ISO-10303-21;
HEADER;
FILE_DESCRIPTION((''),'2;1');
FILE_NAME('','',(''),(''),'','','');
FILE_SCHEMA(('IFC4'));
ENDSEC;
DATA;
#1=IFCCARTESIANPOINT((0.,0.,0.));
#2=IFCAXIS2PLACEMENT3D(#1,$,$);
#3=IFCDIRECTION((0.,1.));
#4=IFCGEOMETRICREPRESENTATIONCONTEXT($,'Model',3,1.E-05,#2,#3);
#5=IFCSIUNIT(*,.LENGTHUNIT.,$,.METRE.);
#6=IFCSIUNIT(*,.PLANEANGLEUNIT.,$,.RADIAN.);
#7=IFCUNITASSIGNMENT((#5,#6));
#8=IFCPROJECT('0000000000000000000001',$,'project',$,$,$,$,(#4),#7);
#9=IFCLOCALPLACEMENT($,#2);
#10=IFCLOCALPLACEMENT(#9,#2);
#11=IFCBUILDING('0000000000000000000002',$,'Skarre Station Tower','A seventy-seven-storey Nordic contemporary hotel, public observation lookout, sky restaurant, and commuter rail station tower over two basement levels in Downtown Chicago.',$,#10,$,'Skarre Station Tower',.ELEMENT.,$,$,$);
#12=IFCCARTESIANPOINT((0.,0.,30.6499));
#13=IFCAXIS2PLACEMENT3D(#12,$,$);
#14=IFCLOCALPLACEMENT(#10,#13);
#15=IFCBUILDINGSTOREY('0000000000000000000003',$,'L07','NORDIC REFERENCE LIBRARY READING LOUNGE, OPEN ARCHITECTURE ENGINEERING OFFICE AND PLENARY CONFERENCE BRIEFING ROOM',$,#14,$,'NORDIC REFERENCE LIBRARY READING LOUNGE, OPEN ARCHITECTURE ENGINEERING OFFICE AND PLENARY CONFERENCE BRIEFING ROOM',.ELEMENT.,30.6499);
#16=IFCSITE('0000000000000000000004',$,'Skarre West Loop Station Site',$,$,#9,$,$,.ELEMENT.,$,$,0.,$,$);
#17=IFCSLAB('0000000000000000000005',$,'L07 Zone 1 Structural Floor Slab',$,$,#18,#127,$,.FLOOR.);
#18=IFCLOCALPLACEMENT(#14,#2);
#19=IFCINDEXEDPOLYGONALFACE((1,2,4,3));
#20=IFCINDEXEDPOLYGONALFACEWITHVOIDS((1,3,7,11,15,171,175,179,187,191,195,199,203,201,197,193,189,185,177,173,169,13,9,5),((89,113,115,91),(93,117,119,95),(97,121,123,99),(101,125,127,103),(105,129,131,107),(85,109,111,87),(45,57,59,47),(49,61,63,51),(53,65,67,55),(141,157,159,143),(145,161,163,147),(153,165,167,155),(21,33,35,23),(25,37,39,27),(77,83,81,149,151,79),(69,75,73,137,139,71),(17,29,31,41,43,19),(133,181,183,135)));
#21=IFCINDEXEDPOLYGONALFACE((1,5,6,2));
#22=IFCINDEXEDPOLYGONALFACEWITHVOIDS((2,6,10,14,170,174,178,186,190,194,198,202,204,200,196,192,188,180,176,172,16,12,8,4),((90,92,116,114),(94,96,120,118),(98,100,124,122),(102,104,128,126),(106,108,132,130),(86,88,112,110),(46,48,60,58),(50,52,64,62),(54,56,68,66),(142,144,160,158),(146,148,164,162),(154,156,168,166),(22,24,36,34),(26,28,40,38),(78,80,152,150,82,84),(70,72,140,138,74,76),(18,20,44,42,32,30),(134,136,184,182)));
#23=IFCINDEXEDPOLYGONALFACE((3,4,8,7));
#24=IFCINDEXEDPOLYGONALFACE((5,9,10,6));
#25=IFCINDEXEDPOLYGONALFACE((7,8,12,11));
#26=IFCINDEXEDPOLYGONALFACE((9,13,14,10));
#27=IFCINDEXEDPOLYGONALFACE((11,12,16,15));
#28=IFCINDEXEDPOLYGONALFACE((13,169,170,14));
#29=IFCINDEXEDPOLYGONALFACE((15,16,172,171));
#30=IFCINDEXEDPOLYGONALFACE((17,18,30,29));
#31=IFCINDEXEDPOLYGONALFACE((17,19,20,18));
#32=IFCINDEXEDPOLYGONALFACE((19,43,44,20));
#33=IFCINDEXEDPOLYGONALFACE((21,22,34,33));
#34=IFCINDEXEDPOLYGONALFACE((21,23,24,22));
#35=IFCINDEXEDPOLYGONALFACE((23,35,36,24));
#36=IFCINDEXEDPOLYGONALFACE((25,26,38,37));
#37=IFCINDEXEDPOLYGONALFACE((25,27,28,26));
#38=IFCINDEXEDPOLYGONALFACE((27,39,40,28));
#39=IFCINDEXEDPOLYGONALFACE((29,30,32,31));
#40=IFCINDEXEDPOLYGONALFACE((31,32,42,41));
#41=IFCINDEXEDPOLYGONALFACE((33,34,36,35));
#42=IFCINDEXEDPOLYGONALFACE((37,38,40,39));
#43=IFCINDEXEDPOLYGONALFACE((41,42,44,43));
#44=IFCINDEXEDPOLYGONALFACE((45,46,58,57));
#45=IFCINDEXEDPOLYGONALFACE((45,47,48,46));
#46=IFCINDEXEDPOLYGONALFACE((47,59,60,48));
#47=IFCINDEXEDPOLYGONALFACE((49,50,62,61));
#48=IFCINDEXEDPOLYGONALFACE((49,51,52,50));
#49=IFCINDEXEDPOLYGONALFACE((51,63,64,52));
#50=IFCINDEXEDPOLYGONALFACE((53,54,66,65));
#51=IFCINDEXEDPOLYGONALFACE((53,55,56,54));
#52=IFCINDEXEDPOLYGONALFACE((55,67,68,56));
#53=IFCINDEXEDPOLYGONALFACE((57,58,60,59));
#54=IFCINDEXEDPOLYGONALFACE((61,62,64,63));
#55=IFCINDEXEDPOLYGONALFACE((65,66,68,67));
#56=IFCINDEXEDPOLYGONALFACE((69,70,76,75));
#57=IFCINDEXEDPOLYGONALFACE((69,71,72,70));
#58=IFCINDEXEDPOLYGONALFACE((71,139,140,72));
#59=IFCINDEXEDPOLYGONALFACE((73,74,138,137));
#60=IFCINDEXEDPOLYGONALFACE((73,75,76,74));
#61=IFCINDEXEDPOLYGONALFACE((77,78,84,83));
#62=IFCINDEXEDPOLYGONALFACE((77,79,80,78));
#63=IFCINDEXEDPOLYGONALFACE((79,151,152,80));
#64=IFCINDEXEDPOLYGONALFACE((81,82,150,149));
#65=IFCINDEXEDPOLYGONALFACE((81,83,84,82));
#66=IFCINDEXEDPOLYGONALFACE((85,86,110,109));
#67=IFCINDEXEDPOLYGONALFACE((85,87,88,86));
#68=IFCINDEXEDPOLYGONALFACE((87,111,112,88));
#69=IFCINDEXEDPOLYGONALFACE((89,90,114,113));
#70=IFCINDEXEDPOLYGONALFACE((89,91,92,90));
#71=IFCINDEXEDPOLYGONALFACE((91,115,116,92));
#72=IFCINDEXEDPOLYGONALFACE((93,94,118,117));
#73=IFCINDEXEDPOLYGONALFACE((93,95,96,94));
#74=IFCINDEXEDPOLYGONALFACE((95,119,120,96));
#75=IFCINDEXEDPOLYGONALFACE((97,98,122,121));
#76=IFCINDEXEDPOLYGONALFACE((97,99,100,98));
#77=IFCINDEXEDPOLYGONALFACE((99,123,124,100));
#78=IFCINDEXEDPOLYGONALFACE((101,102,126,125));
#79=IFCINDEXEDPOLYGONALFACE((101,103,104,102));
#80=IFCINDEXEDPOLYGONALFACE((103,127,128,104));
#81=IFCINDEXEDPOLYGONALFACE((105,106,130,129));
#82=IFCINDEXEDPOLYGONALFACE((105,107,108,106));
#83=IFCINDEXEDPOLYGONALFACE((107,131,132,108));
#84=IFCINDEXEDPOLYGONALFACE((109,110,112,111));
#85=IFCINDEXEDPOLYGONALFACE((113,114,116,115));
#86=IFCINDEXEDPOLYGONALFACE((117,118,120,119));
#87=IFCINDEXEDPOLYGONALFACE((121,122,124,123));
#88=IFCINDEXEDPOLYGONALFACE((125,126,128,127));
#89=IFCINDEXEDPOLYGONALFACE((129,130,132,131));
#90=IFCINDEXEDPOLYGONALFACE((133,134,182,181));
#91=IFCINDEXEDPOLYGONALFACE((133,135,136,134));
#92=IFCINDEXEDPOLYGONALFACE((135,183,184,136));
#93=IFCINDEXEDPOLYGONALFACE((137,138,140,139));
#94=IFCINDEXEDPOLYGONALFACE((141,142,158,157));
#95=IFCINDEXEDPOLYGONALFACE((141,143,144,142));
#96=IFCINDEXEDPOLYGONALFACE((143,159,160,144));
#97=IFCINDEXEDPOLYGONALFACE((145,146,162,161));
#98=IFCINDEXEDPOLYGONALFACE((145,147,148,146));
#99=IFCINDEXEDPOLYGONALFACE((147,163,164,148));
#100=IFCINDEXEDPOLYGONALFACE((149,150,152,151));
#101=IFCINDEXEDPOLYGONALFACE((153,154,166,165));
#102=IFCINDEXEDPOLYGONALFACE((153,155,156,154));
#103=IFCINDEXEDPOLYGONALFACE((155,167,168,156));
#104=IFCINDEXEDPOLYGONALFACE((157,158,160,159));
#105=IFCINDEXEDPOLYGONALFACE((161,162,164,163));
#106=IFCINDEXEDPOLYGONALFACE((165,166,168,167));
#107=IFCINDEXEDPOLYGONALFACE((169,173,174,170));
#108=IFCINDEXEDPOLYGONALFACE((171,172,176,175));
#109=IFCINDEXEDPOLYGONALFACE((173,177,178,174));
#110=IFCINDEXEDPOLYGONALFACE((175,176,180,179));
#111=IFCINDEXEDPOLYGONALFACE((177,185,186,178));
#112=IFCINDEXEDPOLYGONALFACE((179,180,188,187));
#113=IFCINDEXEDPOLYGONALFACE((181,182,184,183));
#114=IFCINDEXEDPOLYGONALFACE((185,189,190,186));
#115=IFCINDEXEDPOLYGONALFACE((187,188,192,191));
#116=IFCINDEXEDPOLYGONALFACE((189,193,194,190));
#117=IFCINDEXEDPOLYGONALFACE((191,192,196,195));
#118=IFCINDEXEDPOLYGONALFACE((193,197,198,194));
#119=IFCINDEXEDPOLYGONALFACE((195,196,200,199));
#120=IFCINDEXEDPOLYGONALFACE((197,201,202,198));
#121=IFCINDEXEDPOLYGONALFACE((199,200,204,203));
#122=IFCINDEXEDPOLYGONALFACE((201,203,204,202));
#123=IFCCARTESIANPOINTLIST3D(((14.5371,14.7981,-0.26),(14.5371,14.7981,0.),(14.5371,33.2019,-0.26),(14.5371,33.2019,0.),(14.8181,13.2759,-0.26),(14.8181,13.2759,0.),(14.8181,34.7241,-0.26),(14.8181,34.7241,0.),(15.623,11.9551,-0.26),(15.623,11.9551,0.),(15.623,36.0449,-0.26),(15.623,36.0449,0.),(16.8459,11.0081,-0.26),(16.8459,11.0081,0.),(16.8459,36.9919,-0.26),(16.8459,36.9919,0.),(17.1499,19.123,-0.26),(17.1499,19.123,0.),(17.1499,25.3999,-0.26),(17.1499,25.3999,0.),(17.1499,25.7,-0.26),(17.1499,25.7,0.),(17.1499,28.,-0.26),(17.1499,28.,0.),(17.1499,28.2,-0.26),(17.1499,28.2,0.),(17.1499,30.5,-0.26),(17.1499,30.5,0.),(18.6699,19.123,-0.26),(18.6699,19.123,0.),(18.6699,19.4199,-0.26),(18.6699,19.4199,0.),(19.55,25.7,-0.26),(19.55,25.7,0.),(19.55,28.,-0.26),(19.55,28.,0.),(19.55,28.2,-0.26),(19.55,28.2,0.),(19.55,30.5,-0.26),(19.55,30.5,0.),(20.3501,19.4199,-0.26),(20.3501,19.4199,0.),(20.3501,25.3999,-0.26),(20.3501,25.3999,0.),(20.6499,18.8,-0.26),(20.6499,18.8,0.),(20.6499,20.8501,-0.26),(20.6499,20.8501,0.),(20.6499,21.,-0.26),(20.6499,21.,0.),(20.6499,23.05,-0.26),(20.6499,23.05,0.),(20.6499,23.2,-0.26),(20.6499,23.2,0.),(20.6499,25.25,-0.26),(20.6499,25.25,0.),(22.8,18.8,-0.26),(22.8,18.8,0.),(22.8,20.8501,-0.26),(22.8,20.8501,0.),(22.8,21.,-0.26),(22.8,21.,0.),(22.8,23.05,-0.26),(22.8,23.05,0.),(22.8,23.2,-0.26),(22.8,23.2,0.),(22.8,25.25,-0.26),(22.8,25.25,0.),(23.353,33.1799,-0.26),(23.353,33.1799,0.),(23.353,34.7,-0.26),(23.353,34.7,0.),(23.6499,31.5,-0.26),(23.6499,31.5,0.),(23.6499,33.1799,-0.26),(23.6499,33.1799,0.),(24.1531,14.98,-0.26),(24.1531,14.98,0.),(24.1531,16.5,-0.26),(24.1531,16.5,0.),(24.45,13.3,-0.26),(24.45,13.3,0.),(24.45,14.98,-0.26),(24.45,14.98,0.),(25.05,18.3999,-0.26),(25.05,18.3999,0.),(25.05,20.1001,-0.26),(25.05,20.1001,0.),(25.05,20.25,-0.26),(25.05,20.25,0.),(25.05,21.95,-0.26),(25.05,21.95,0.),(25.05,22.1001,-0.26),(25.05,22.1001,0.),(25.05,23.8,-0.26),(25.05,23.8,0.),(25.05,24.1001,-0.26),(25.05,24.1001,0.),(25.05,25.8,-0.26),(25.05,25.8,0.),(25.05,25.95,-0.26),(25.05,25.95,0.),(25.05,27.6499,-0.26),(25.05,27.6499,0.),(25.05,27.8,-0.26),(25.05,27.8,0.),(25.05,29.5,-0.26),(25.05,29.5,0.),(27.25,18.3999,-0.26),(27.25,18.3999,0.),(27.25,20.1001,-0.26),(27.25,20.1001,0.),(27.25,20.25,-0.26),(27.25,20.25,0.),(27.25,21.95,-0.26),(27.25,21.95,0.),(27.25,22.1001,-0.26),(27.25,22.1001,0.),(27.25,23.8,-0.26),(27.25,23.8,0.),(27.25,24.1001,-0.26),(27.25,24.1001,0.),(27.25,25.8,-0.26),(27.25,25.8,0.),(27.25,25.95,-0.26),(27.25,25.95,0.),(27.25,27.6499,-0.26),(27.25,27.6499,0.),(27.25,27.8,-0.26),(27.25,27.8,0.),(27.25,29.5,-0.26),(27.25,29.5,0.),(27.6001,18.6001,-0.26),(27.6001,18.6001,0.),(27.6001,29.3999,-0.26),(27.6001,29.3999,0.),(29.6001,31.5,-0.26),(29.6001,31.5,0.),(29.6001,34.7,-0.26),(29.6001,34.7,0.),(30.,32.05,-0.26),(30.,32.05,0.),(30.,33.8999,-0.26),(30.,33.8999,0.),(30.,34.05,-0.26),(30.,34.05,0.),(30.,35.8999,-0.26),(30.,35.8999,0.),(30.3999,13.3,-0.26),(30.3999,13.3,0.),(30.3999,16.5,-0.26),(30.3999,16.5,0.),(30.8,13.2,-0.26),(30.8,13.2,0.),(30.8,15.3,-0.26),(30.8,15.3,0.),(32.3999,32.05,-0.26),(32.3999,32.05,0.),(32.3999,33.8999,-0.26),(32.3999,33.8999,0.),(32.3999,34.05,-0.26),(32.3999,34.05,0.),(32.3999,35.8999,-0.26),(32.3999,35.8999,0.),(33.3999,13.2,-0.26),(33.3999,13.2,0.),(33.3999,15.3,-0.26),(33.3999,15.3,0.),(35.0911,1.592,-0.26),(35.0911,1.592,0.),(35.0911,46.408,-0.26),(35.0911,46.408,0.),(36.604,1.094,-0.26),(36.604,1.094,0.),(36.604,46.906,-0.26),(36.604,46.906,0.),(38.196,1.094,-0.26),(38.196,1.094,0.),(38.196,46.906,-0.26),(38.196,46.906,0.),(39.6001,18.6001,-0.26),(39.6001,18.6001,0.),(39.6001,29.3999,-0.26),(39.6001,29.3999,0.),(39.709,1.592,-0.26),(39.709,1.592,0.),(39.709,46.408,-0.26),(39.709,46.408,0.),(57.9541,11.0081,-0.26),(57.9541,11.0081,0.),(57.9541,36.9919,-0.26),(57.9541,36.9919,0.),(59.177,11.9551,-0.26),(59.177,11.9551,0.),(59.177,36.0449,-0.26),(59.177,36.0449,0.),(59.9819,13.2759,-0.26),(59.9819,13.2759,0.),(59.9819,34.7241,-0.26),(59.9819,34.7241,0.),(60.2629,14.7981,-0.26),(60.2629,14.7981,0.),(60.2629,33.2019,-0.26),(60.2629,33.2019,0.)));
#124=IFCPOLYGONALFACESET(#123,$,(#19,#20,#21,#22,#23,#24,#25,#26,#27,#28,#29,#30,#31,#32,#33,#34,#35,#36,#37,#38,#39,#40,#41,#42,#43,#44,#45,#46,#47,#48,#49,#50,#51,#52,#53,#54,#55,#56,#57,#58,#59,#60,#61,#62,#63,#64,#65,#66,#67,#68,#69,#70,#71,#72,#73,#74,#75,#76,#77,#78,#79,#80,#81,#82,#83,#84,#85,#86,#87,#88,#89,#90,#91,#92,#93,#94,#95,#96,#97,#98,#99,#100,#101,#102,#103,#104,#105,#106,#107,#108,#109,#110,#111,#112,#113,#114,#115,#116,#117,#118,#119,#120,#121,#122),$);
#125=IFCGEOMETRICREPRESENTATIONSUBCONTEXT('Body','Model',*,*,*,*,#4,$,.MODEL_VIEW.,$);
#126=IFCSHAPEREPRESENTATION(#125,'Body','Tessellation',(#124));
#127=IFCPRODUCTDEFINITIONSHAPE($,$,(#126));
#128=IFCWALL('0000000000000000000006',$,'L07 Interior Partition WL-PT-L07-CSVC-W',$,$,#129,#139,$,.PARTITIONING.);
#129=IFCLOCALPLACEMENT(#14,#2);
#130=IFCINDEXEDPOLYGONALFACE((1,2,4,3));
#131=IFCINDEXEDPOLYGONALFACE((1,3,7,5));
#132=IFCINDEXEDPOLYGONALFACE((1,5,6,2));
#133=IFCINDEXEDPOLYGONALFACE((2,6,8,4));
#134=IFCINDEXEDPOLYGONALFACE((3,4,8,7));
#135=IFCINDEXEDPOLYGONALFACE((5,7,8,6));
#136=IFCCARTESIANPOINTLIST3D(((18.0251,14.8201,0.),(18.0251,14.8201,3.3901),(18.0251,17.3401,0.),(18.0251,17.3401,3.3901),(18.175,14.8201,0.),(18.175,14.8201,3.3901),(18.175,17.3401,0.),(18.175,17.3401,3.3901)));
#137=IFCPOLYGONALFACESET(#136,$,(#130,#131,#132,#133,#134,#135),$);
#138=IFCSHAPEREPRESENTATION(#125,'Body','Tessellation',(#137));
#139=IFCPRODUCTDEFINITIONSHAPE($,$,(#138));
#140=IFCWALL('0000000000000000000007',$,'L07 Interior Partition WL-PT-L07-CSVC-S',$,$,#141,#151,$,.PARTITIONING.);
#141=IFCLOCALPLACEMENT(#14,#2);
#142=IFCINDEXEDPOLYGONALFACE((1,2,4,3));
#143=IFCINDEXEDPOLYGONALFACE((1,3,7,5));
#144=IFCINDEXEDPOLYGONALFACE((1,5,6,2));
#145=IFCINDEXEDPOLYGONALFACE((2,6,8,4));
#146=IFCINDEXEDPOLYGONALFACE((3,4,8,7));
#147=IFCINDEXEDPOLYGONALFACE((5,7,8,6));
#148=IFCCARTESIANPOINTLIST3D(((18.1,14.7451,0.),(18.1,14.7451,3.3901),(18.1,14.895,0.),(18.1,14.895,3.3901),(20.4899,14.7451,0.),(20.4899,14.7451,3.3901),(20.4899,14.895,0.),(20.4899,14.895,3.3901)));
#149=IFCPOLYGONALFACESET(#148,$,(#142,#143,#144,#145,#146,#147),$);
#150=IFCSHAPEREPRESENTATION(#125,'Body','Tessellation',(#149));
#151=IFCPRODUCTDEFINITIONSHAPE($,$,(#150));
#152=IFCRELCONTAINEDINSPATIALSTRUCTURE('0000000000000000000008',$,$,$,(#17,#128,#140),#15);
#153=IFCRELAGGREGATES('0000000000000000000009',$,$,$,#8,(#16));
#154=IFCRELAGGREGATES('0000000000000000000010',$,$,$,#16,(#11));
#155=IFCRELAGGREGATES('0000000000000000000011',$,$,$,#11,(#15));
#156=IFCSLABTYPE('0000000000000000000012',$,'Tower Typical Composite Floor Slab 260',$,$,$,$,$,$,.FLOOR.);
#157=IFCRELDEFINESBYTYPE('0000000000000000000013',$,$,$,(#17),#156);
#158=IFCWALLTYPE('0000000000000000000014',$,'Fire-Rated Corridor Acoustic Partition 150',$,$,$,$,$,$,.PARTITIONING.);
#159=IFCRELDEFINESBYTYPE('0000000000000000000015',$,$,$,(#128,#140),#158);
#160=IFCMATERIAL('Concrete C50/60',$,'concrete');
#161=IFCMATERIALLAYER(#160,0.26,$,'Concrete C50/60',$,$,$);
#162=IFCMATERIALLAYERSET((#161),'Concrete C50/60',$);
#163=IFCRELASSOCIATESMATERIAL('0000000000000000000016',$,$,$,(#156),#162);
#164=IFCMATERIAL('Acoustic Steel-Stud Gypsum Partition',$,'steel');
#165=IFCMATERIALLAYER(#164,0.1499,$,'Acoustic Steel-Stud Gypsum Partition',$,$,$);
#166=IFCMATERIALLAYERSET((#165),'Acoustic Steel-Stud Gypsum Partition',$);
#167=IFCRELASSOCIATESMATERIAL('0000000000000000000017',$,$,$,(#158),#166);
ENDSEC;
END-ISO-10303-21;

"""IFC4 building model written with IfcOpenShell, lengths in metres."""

from ifc_helpers import new_model, si_unit, direction, frame, frame_2d, origin, place, context, subcontext, project, spatial, polyline, rectangle, outline, extrude, material, layer, layer_set, type_object, element, save


model = new_model("IFC4")

# Units and contexts
model_context = context("Model", 3, precision=1e-05, world=origin(), true_north=direction((0.0, 1.0)))
body_context = subcontext(model_context, "Body", "Model", "MODEL_VIEW")
ifc_project = project(units=[si_unit("LENGTHUNIT", "METRE"), si_unit("PLANEANGLEUNIT", "RADIAN")], contexts=[model_context])

# Site, building, storey
site_placement = place(None, origin())
site = spatial("IfcSite", under=ifc_project, at=site_placement, Name="Skarre West Loop Station Site", CompositionType="ELEMENT", RefElevation=0.0)
building_placement = place(site_placement, origin())
building = spatial("IfcBuilding", under=site, at=building_placement, Name="Skarre Station Tower", Description="A seventy-seven-storey Nordic contemporary hotel, public observation lookout, sky restaurant, and commuter rail station tower over two basement levels in Downtown Chicago.", LongName="Skarre Station Tower", CompositionType="ELEMENT")
storey_placement = place(building_placement, frame((0.0, 0.0, 30.6499)))
storey = spatial("IfcBuildingStorey", under=building, at=storey_placement, Name="L07", Description="NORDIC REFERENCE LIBRARY READING LOUNGE, OPEN ARCHITECTURE ENGINEERING OFFICE AND PLENARY CONFERENCE BRIEFING ROOM", LongName="NORDIC REFERENCE LIBRARY READING LOUNGE, OPEN ARCHITECTURE ENGINEERING OFFICE AND PLENARY CONFERENCE BRIEFING ROOM", CompositionType="ELEMENT", Elevation=30.6499)

# Slab
ifc_material_1 = material(Name="Concrete C50/60", Category="concrete")
ifc_layer_1 = layer(ifc_material_1, 0.26, Name="Concrete C50/60")
ifc_layer_set_1 = layer_set([ifc_layer_1], Name="Concrete C50/60")
slab_type_1 = type_object("IfcSlabType", Name="Tower Typical Composite Floor Slab 260", PredefinedType="FLOOR", material=ifc_layer_set_1)
slab_1_placement = place(storey_placement, frame((0.0, 0.0, -0.26)))
element("IfcSlab", 1, at=slab_1_placement, inside=storey, type_object=slab_type_1, Name="L07 Zone 1 Structural Floor Slab", PredefinedType="FLOOR", context=body_context, shape_type="SweptSolid", body=[
    extrude(outline(polyline([(60.2629, 33.2019), (59.9819, 34.7241), (59.177, 36.0449), (57.9541, 36.9919), (39.709, 46.408), (38.196, 46.906), (36.604, 46.906), (35.0911, 46.408), (16.8459, 36.9919), (15.623, 36.0449), (14.8181, 34.7241), (14.5371, 33.2019), (14.5371, 14.7981), (14.8181, 13.2759), (15.623, 11.9551), (16.8459, 11.0081), (35.0911, 1.592), (36.604, 1.094), (38.196, 1.094), (39.709, 1.592), (57.9541, 11.0081), (59.177, 11.9551), (59.9819, 13.2759), (60.2629, 14.7981), (60.2629, 33.2019)]), holes=[polyline([(18.6699, 19.4199), (18.6699, 19.123), (17.1499, 19.123), (17.1499, 25.3999), (20.3501, 25.3999), (20.3501, 19.4199), (18.6699, 19.4199)]), polyline([(24.45, 14.98), (24.1531, 14.98), (24.1531, 16.5), (30.3999, 16.5), (30.3999, 13.3), (24.45, 13.3), (24.45, 14.98)]), polyline([(23.6499, 33.1799), (23.353, 33.1799), (23.353, 34.7), (29.6001, 34.7), (29.6001, 31.5), (23.6499, 31.5), (23.6499, 33.1799)]), polyline([(17.1499, 28.0), (19.55, 28.0), (19.55, 25.7), (17.1499, 25.7), (17.1499, 28.0)]), polyline([(17.1499, 30.5), (19.55, 30.5), (19.55, 28.2), (17.1499, 28.2), (17.1499, 30.5)]), polyline([(30.8, 15.3), (33.3999, 15.3), (33.3999, 13.2), (30.8, 13.2), (30.8, 15.3)]), polyline([(25.05, 20.1001), (27.25, 20.1001), (27.25, 18.3999), (25.05, 18.3999), (25.05, 20.1001)]), polyline([(25.05, 21.95), (27.25, 21.95), (27.25, 20.25), (25.05, 20.25), (25.05, 21.95)]), polyline([(25.05, 23.8), (27.25, 23.8), (27.25, 22.1001), (25.05, 22.1001), (25.05, 23.8)]), polyline([(25.05, 25.8), (27.25, 25.8), (27.25, 24.1001), (25.05, 24.1001), (25.05, 25.8)]), polyline([(25.05, 27.6499), (27.25, 27.6499), (27.25, 25.95), (25.05, 25.95), (25.05, 27.6499)]), polyline([(25.05, 29.5), (27.25, 29.5), (27.25, 27.8), (25.05, 27.8), (25.05, 29.5)]), polyline([(20.6499, 20.8501), (22.8, 20.8501), (22.8, 18.8), (20.6499, 18.8), (20.6499, 20.8501)]), polyline([(20.6499, 23.05), (22.8, 23.05), (22.8, 21.0), (20.6499, 21.0), (20.6499, 23.05)]), polyline([(20.6499, 25.25), (22.8, 25.25), (22.8, 23.2), (20.6499, 23.2), (20.6499, 25.25)]), polyline([(30.0, 33.8999), (32.3999, 33.8999), (32.3999, 32.05), (30.0, 32.05), (30.0, 33.8999)]), polyline([(30.0, 35.8999), (32.3999, 35.8999), (32.3999, 34.05), (30.0, 34.05), (30.0, 35.8999)]), polyline([(27.6001, 29.3999), (39.6001, 29.3999), (39.6001, 18.6001), (27.6001, 18.6001), (27.6001, 29.3999)])]), origin(), (0.0, 0.0, 1.0), 0.26),
])

# Walls
ifc_material_2 = material(Name="Acoustic Steel-Stud Gypsum Partition", Category="steel")
ifc_layer_2 = layer(ifc_material_2, 0.1499, Name="Acoustic Steel-Stud Gypsum Partition")
ifc_layer_set_2 = layer_set([ifc_layer_2], Name="Acoustic Steel-Stud Gypsum Partition")
wall_type_1 = type_object("IfcWallType", Name="Fire-Rated Corridor Acoustic Partition 150", PredefinedType="PARTITIONING", material=ifc_layer_set_2)
wall_1_placement = place(storey_placement, frame((18.1001, 17.3401, 0.0), z_axis=(0.0, 0.0, 1.0), x_axis=(0.0, -1.0, 0.0)))
element("IfcWall", 2, at=wall_1_placement, inside=storey, type_object=wall_type_1, Name="L07 Interior Partition WL-PT-L07-CSVC-W", PredefinedType="PARTITIONING", context=body_context, shape_type="SweptSolid", body=[
    extrude(rectangle(XDim=2.52, YDim=0.1499, at=frame_2d((1.26, 0.0))), origin(), (0.0, 0.0, 1.0), 3.3901),
])
wall_2_placement = place(storey_placement, frame((18.1001, 14.8201, 0.0), z_axis=(0.0, 0.0, 1.0), x_axis=(1.0, 0.0, 0.0)))
element("IfcWall", 3, at=wall_2_placement, inside=storey, type_object=wall_type_1, Name="L07 Interior Partition WL-PT-L07-CSVC-S", PredefinedType="PARTITIONING", context=body_context, shape_type="SweptSolid", body=[
    extrude(rectangle(XDim=2.3899, YDim=0.1499, at=frame_2d((1.1948, 0.0))), origin(), (0.0, 0.0, 1.0), 3.3901),
])

save(model, "model.ifc")
